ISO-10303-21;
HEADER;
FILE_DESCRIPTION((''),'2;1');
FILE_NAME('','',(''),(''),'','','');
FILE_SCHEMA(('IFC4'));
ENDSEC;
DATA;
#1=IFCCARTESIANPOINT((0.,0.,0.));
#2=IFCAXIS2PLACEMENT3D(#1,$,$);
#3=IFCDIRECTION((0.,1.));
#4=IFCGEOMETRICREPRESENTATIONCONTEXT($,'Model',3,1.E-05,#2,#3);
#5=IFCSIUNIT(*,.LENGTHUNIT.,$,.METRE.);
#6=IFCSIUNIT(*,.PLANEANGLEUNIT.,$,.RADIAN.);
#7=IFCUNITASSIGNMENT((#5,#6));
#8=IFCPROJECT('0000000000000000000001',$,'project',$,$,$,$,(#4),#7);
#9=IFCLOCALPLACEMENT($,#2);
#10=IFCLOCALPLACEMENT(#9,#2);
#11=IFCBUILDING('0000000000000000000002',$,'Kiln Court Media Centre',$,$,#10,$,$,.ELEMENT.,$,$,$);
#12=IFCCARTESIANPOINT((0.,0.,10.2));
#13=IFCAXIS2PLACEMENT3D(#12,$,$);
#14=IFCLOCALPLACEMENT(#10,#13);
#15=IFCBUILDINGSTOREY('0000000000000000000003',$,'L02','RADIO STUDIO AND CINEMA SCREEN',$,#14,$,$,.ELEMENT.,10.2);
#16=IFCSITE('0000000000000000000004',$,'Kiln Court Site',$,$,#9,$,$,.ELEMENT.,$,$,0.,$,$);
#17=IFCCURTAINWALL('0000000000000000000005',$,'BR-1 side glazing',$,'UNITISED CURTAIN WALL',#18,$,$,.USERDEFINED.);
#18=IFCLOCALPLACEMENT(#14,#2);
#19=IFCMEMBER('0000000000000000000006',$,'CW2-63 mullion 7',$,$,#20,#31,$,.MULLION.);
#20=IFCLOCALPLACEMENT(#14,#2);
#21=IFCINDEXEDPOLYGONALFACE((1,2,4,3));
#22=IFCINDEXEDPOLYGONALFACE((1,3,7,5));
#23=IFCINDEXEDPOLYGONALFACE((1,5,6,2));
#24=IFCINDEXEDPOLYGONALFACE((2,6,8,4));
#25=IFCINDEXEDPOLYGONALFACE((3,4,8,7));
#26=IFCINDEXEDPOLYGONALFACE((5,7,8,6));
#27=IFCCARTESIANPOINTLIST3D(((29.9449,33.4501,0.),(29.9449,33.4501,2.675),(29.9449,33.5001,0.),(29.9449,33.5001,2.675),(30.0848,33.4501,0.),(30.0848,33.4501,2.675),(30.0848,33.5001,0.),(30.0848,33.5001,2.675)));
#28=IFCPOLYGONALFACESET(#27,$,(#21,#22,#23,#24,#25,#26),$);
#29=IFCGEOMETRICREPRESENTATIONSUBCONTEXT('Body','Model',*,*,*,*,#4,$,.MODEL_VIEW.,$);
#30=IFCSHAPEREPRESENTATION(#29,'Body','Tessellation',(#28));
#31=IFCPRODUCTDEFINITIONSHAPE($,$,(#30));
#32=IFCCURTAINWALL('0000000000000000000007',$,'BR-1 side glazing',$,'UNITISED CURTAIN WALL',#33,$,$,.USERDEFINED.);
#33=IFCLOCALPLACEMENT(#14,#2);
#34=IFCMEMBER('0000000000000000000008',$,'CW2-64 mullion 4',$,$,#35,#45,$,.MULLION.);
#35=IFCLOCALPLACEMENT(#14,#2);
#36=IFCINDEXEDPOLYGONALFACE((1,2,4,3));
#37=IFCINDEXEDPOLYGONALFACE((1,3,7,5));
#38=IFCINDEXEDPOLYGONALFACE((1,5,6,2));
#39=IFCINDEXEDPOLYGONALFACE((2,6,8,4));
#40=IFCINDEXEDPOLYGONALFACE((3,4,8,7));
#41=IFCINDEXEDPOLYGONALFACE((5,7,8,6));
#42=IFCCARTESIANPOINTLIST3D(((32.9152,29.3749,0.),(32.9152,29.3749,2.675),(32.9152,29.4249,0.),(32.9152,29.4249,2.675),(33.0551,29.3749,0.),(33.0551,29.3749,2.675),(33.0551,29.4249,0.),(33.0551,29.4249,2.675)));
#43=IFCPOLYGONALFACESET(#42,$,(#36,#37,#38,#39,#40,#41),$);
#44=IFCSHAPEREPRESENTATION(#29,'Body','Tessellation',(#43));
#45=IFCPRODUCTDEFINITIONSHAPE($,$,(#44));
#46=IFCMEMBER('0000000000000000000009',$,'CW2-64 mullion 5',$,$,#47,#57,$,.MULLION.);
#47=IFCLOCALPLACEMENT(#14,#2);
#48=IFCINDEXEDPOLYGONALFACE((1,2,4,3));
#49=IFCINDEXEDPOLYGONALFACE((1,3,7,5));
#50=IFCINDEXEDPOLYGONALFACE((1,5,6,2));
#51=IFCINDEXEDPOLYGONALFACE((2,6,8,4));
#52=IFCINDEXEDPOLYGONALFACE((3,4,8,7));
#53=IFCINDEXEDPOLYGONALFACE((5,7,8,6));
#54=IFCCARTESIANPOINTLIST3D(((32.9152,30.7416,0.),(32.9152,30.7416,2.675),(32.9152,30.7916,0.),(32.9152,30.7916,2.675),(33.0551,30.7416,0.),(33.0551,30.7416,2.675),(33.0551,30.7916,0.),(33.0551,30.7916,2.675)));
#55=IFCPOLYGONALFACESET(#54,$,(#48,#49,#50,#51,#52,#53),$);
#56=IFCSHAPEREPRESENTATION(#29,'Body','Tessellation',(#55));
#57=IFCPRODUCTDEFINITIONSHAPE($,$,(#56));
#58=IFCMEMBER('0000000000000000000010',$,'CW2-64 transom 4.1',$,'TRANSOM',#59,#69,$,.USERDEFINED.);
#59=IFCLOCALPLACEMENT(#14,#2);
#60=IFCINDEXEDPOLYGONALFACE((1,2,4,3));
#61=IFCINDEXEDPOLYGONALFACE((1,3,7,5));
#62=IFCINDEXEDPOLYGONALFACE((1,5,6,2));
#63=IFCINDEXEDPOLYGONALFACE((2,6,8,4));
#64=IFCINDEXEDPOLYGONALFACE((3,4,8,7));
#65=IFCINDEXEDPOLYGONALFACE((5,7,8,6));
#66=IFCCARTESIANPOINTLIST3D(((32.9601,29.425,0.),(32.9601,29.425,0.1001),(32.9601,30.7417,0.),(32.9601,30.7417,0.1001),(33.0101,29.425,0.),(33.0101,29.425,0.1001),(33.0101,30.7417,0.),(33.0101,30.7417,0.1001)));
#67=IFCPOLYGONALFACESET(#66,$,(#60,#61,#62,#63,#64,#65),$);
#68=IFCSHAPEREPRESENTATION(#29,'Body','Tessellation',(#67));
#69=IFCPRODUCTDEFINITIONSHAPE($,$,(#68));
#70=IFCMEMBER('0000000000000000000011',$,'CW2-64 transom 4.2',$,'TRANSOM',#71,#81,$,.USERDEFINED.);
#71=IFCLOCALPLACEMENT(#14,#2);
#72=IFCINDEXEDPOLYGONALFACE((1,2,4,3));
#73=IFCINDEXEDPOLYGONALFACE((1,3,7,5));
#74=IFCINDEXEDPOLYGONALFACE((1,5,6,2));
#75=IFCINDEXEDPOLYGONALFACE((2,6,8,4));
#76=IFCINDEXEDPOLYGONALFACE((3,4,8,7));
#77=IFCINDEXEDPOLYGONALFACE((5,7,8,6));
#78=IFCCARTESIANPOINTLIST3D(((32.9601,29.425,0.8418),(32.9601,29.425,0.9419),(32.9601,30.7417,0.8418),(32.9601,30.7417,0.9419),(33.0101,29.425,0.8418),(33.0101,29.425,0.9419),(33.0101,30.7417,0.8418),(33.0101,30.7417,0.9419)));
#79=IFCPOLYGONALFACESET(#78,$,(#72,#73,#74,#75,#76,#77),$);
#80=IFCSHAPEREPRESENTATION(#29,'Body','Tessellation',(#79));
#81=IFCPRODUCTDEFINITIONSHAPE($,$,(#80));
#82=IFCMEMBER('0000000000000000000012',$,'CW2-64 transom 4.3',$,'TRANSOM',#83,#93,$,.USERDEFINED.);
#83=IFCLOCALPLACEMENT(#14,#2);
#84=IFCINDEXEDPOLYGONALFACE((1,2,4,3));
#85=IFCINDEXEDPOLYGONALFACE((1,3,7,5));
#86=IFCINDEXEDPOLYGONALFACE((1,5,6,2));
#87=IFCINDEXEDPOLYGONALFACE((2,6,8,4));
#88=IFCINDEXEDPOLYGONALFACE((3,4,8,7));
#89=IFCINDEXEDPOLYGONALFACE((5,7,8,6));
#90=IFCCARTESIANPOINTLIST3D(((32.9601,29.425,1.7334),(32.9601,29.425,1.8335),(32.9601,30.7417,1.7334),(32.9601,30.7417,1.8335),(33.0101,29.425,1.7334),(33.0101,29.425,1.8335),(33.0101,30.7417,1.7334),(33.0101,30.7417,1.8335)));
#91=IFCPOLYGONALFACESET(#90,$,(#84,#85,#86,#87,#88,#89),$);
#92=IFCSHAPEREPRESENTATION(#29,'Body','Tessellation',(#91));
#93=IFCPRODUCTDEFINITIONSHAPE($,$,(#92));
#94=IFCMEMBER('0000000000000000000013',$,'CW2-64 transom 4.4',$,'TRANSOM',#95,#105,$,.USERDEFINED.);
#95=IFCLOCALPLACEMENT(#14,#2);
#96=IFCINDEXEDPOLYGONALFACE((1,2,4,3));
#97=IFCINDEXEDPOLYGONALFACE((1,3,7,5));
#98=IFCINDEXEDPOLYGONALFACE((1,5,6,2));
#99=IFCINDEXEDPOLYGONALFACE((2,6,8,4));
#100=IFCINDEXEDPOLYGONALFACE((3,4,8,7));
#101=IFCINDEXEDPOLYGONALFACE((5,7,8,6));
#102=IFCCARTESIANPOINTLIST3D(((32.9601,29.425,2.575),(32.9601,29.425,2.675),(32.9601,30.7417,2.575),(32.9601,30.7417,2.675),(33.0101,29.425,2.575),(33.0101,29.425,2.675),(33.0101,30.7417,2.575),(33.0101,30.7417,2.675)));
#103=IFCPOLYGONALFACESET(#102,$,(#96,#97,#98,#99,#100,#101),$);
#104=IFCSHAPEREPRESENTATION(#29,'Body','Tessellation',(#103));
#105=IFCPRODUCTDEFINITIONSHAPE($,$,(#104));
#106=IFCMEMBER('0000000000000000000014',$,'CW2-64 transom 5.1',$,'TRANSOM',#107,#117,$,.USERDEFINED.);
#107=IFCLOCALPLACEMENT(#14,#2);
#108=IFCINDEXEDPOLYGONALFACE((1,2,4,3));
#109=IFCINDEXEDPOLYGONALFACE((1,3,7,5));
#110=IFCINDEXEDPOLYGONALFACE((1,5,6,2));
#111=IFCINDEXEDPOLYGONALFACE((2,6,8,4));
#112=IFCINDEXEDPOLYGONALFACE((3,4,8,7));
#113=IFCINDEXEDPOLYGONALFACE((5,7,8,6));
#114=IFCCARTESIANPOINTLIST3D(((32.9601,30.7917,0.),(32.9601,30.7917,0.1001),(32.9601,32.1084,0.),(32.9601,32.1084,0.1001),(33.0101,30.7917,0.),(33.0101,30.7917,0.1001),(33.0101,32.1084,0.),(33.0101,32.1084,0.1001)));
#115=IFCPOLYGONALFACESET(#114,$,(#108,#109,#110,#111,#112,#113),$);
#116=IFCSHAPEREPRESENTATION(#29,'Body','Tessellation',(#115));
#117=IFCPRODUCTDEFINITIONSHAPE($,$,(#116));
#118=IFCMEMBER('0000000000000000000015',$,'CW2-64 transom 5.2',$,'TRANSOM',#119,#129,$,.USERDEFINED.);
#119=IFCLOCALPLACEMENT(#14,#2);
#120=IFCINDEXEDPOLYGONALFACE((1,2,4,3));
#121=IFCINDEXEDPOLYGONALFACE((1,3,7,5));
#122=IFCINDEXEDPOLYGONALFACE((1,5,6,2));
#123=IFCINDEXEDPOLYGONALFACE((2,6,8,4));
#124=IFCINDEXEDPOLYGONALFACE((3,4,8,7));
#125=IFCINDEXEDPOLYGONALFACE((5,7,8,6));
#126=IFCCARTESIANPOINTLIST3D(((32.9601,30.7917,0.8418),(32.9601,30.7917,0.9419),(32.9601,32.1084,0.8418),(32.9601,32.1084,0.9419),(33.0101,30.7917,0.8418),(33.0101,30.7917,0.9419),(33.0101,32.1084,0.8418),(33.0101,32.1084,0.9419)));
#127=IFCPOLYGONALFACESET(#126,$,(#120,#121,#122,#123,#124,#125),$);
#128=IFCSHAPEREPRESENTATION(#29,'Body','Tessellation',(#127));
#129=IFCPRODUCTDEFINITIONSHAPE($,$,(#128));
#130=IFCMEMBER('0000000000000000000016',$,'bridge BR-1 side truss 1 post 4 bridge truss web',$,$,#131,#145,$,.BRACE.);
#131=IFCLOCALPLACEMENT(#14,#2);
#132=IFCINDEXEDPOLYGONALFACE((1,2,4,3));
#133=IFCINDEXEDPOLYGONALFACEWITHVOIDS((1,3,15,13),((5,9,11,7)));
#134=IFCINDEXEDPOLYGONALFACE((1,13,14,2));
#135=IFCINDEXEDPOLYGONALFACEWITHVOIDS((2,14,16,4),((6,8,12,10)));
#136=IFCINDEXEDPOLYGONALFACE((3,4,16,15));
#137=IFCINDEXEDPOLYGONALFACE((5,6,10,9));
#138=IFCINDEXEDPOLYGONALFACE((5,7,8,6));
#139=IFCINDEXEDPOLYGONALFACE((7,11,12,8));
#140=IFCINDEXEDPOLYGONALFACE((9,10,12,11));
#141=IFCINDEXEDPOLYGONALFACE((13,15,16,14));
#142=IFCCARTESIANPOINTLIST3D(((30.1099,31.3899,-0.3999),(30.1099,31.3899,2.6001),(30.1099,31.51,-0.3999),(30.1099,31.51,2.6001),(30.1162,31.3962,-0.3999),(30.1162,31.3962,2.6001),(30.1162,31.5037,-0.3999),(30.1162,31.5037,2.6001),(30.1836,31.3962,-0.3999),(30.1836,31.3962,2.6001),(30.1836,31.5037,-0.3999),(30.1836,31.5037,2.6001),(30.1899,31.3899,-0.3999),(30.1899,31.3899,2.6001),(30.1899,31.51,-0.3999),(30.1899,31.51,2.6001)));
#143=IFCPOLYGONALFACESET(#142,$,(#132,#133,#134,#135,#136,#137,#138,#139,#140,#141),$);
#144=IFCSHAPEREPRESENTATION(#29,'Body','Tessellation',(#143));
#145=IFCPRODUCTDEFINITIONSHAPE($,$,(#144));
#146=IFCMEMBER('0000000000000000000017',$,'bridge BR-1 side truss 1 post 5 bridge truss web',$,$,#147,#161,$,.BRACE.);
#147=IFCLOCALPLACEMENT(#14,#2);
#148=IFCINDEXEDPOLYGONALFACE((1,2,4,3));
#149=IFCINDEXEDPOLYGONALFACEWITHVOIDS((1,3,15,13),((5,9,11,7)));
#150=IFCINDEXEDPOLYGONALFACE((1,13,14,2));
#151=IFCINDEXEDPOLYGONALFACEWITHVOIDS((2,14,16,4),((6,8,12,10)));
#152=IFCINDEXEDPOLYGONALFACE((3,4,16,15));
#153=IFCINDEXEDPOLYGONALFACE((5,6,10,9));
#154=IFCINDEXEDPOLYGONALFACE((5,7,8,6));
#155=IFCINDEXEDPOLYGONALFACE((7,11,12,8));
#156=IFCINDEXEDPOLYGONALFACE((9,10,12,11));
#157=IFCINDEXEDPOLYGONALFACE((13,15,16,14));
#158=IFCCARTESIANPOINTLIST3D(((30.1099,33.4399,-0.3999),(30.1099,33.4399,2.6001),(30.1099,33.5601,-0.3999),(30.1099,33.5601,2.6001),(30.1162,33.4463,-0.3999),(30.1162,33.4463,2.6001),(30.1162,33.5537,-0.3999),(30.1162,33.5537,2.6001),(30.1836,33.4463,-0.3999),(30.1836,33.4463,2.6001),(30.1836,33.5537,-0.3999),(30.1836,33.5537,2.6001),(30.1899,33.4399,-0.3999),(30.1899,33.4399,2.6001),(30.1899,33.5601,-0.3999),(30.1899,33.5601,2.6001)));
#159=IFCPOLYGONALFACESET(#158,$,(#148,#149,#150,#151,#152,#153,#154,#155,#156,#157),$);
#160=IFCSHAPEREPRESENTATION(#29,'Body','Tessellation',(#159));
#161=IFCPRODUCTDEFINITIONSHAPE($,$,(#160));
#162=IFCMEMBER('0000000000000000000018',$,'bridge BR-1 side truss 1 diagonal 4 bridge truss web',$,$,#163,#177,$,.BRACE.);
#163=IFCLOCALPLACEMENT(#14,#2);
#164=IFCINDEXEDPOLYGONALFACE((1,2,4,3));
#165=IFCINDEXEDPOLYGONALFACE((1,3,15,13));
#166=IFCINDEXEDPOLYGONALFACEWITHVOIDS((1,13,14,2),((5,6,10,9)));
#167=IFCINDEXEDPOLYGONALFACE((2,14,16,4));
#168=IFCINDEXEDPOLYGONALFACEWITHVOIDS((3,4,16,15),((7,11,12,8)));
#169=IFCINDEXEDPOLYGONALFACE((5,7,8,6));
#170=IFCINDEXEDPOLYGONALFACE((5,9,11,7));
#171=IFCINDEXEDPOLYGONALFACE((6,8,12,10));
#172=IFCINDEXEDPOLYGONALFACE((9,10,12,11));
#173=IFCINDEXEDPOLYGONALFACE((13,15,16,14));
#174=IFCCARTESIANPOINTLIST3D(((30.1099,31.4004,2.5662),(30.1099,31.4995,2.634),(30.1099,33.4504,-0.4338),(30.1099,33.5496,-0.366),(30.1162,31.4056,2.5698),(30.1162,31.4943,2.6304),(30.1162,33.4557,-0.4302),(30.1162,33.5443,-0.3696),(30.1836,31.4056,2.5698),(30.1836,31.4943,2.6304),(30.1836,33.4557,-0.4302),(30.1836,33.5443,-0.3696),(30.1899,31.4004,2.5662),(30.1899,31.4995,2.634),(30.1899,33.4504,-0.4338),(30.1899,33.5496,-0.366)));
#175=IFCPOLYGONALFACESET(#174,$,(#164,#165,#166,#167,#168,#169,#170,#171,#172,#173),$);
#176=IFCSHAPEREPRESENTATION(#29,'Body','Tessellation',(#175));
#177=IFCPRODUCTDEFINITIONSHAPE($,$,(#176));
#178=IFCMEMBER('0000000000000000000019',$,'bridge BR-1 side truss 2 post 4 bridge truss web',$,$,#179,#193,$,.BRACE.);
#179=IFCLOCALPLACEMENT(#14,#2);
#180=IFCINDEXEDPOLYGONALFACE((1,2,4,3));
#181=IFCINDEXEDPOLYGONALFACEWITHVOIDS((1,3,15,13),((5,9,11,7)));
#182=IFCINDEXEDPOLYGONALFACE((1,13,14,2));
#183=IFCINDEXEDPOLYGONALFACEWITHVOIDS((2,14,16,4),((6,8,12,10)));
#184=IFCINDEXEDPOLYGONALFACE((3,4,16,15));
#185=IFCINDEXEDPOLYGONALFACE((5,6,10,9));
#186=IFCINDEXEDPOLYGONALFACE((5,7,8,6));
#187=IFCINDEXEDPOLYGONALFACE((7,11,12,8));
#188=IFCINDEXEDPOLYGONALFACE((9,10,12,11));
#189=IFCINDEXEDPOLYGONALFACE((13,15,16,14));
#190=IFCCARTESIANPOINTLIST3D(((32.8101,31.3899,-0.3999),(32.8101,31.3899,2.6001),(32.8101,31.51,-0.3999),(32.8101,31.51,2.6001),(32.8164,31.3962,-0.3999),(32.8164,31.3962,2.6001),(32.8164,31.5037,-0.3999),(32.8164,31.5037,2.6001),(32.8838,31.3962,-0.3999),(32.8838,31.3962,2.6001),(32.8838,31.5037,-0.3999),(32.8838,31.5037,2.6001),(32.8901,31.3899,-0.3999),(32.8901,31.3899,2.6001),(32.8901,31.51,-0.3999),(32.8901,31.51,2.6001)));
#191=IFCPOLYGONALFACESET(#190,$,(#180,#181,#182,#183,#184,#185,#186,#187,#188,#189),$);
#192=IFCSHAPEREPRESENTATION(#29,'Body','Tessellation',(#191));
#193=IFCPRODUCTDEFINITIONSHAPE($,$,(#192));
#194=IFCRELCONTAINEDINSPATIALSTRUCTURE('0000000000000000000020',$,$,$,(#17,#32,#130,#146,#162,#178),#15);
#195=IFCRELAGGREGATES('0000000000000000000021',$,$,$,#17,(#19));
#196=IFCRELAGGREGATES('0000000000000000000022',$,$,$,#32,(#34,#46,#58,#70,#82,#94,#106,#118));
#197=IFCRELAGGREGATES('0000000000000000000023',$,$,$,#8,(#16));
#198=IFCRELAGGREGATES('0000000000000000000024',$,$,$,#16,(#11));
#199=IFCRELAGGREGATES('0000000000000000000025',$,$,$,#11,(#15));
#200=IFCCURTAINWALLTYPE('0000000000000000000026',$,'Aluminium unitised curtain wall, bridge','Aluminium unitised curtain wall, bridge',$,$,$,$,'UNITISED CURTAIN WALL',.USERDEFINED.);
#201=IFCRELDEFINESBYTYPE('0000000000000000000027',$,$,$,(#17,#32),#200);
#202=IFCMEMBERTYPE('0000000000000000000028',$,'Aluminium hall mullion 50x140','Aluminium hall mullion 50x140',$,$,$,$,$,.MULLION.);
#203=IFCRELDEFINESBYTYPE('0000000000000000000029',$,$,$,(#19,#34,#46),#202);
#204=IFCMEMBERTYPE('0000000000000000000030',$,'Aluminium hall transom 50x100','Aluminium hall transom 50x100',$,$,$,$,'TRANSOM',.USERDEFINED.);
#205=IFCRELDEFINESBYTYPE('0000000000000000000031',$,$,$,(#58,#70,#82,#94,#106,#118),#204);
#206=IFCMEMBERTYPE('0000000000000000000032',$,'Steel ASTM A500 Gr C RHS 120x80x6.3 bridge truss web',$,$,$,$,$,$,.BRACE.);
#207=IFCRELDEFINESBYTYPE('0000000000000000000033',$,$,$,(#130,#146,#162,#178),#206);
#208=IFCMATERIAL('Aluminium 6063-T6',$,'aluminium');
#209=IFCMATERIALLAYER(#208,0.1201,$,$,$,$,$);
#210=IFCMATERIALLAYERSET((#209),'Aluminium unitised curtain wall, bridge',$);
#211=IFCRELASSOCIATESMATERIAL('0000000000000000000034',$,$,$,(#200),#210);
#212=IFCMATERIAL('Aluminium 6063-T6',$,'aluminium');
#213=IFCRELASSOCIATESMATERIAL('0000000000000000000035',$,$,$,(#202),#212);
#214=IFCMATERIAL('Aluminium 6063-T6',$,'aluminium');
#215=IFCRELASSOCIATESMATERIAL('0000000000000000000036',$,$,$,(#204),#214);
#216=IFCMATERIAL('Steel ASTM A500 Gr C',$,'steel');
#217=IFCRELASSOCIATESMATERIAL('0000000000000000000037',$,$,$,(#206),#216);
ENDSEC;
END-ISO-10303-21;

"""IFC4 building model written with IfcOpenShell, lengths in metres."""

from ifc_helpers import new_model, si_unit, direction, frame, origin, origin_2d, place, context, subcontext, project, spatial, rectangle, hollow_rectangle, extrude, material, layer, layer_set, material_profile, profile_set, type_object, element, aggregate, save


model = new_model("IFC4")

# Units and contexts
model_context = context("Model", 3, precision=1e-05, world=origin(), true_north=direction((0.0, 1.0)))
body_context = subcontext(model_context, "Body", "Model", "MODEL_VIEW")
ifc_project = project(units=[si_unit("LENGTHUNIT", "METRE"), si_unit("PLANEANGLEUNIT", "RADIAN")], contexts=[model_context])

# Site, building, storey
site_placement = place(None, origin())
site = spatial("IfcSite", under=ifc_project, at=site_placement, Name="Kiln Court Site", CompositionType="ELEMENT", RefElevation=0.0)
building_placement = place(site_placement, origin())
building = spatial("IfcBuilding", under=site, at=building_placement, Name="Kiln Court Media Centre", CompositionType="ELEMENT")
storey_placement = place(building_placement, frame((0.0, 0.0, 10.2)))
storey = spatial("IfcBuildingStorey", under=building, at=storey_placement, Name="L02", Description="RADIO STUDIO AND CINEMA SCREEN", CompositionType="ELEMENT", Elevation=10.2)

# Curtain wall, member
ifc_material_1 = material(Name="Aluminium 6063-T6", Category="aluminium")
ifc_layer_1 = layer(ifc_material_1, 0.1201)
ifc_layer_set_1 = layer_set([ifc_layer_1], Name="Aluminium unitised curtain wall, bridge")
curtain_wall_type = type_object("IfcCurtainWallType", Name="Aluminium unitised curtain wall, bridge", Description="Aluminium unitised curtain wall, bridge", ElementType="UNITISED CURTAIN WALL", PredefinedType="USERDEFINED", material=ifc_layer_set_1)
curtain_wall_1_placement = place(storey_placement, origin())
curtain_wall_1 = element("IfcCurtainWall", 1, at=curtain_wall_1_placement, inside=storey, type_object=curtain_wall_type, Name="BR-1 side glazing", ObjectType="UNITISED CURTAIN WALL", PredefinedType="USERDEFINED")
ifc_material_2 = material(Name="Aluminium 6063-T6", Category="aluminium")
ifc_material_profile_1 = material_profile(ifc_material_2, rectangle(XDim=0.05, YDim=0.1399, at=origin_2d()), Name="Aluminium hall mullion 50x140")
ifc_profile_set_1 = profile_set([ifc_material_profile_1], Name="Aluminium 6063-T6")
member_type_1 = type_object("IfcMemberType", Name="Aluminium hall mullion 50x140", Description="Aluminium hall mullion 50x140", PredefinedType="MULLION", material=ifc_profile_set_1)
member_1_placement = place(storey_placement, frame((30.0149, 33.4751, 0.0), z_axis=(0.0, 0.0, 1.0), x_axis=(0.0, 1.0, 0.0)))
member_1 = element("IfcMember", 2, at=member_1_placement, type_object=member_type_1, Name="CW2-63 mullion 7", PredefinedType="MULLION", context=body_context, shape_type="SweptSolid", body=[
    extrude(rectangle(XDim=0.05, YDim=0.1399, at=origin_2d()), origin(), (0.0, 0.0, 1.0), 2.675),
])
aggregate(curtain_wall_1, [member_1])

# Curtain wall, members
curtain_wall_2_placement = place(storey_placement, origin())
curtain_wall_2 = element("IfcCurtainWall", 3, at=curtain_wall_2_placement, inside=storey, type_object=curtain_wall_type, Name="BR-1 side glazing", ObjectType="UNITISED CURTAIN WALL", PredefinedType="USERDEFINED")
member_2_placement = place(storey_placement, frame((32.9851, 29.3999, 0.0), z_axis=(0.0, 0.0, 1.0), x_axis=(0.0, 1.0, 0.0)))
member_2 = element("IfcMember", 4, at=member_2_placement, type_object=member_type_1, Name="CW2-64 mullion 4", PredefinedType="MULLION", context=body_context, shape_type="SweptSolid", body=[
    extrude(rectangle(XDim=0.05, YDim=0.1399, at=origin_2d()), origin(), (0.0, 0.0, 1.0), 2.675),
])
member_3_placement = place(storey_placement, frame((32.9851, 30.7666, 0.0), z_axis=(0.0, 0.0, 1.0), x_axis=(0.0, 1.0, 0.0)))
member_3 = element("IfcMember", 5, at=member_3_placement, type_object=member_type_1, Name="CW2-64 mullion 5", PredefinedType="MULLION", context=body_context, shape_type="SweptSolid", body=[
    extrude(rectangle(XDim=0.05, YDim=0.1399, at=origin_2d()), origin(), (0.0, 0.0, 1.0), 2.675),
])
ifc_material_3 = material(Name="Aluminium 6063-T6", Category="aluminium")
ifc_material_profile_2 = material_profile(ifc_material_3, rectangle(XDim=0.05, YDim=0.1001, at=origin_2d()), Name="Aluminium hall transom 50x100")
ifc_profile_set_2 = profile_set([ifc_material_profile_2], Name="Aluminium 6063-T6")
member_type_2 = type_object("IfcMemberType", Name="Aluminium hall transom 50x100", Description="Aluminium hall transom 50x100", ElementType="TRANSOM", PredefinedType="USERDEFINED", material=ifc_profile_set_2)
member_4_placement = place(storey_placement, frame((32.9851, 29.425, 0.05), z_axis=(0.0, 1.0, 0.0), x_axis=(-1.0, 0.0, 0.0)))
member_4 = element("IfcMember", 6, at=member_4_placement, type_object=member_type_2, Name="CW2-64 transom 4.1", ObjectType="TRANSOM", PredefinedType="USERDEFINED", context=body_context, shape_type="SweptSolid", body=[
    extrude(rectangle(XDim=0.05, YDim=0.1001, at=origin_2d()), origin(), (0.0, 0.0, 1.0), 1.3167),
])
member_5_placement = place(storey_placement, frame((32.9851, 29.425, 0.8918), z_axis=(0.0, 1.0, 0.0), x_axis=(-1.0, 0.0, 0.0)))
member_5 = element("IfcMember", 7, at=member_5_placement, type_object=member_type_2, Name="CW2-64 transom 4.2", ObjectType="TRANSOM", PredefinedType="USERDEFINED", context=body_context, shape_type="SweptSolid", body=[
    extrude(rectangle(XDim=0.05, YDim=0.1001, at=origin_2d()), origin(), (0.0, 0.0, 1.0), 1.3167),
])
member_6_placement = place(storey_placement, frame((32.9851, 29.425, 1.7834), z_axis=(0.0, 1.0, 0.0), x_axis=(-1.0, 0.0, 0.0)))
member_6 = element("IfcMember", 8, at=member_6_placement, type_object=member_type_2, Name="CW2-64 transom 4.3", ObjectType="TRANSOM", PredefinedType="USERDEFINED", context=body_context, shape_type="SweptSolid", body=[
    extrude(rectangle(XDim=0.05, YDim=0.1001, at=origin_2d()), origin(), (0.0, 0.0, 1.0), 1.3167),
])
member_7_placement = place(storey_placement, frame((32.9851, 29.425, 2.625), z_axis=(0.0, 1.0, 0.0), x_axis=(-1.0, 0.0, 0.0)))
member_7 = element("IfcMember", 9, at=member_7_placement, type_object=member_type_2, Name="CW2-64 transom 4.4", ObjectType="TRANSOM", PredefinedType="USERDEFINED", context=body_context, shape_type="SweptSolid", body=[
    extrude(rectangle(XDim=0.05, YDim=0.1001, at=origin_2d()), origin(), (0.0, 0.0, 1.0), 1.3167),
])
member_8_placement = place(storey_placement, frame((32.9851, 30.7917, 0.05), z_axis=(0.0, 1.0, 0.0), x_axis=(-1.0, 0.0, 0.0)))
member_8 = element("IfcMember", 10, at=member_8_placement, type_object=member_type_2, Name="CW2-64 transom 5.1", ObjectType="TRANSOM", PredefinedType="USERDEFINED", context=body_context, shape_type="SweptSolid", body=[
    extrude(rectangle(XDim=0.05, YDim=0.1001, at=origin_2d()), origin(), (0.0, 0.0, 1.0), 1.3167),
])
member_9_placement = place(storey_placement, frame((32.9851, 30.7917, 0.8918), z_axis=(0.0, 1.0, 0.0), x_axis=(-1.0, 0.0, 0.0)))
member_9 = element("IfcMember", 11, at=member_9_placement, type_object=member_type_2, Name="CW2-64 transom 5.2", ObjectType="TRANSOM", PredefinedType="USERDEFINED", context=body_context, shape_type="SweptSolid", body=[
    extrude(rectangle(XDim=0.05, YDim=0.1001, at=origin_2d()), origin(), (0.0, 0.0, 1.0), 1.3167),
])

# Members
ifc_material_4 = material(Name="Steel ASTM A500 Gr C", Category="steel")
ifc_material_profile_3 = material_profile(ifc_material_4, hollow_rectangle(XDim=0.0801, YDim=0.1201, WallThickness=0.0063, at=origin_2d()), Name="RHS 120x80x6.3")
ifc_profile_set_3 = profile_set([ifc_material_profile_3], Name="Steel ASTM A500 Gr C")
member_type_3 = type_object("IfcMemberType", Name="Steel ASTM A500 Gr C RHS 120x80x6.3 bridge truss web", PredefinedType="BRACE", material=ifc_profile_set_3)
for number, where, z_axis, x_axis, name in (
    (12, (30.1499, 31.45, -0.3999), (0.0, 0.0, 1.0), (1.0, 0.0, 0.0), "bridge BR-1 side truss 1 post 4 bridge truss web"),
    (13, (30.1499, 33.5, -0.3999), (0.0, 0.0, 1.0), (1.0, 0.0, 0.0), "bridge BR-1 side truss 1 post 5 bridge truss web"),
):
    element("IfcMember", number, at=place(storey_placement, frame(where, z_axis=z_axis, x_axis=x_axis)), inside=storey, type_object=member_type_3, Name=name, PredefinedType="BRACE", context=body_context, shape_type="SweptSolid", body=[
        extrude(hollow_rectangle(XDim=0.0801, YDim=0.1201, WallThickness=0.0063, at=origin_2d()), origin(), (0.0, 0.0, 1.0), 3.0),
    ])
member_10_placement = place(storey_placement, frame((30.1499, 31.45, 2.6001), z_axis=(0.0, 0.5642, -0.825638), x_axis=(-1.0, 0.0, 0.0)))
element("IfcMember", 14, at=member_10_placement, inside=storey, type_object=member_type_3, Name="bridge BR-1 side truss 1 diagonal 4 bridge truss web", PredefinedType="BRACE", context=body_context, shape_type="SweptSolid", body=[
    extrude(hollow_rectangle(XDim=0.0801, YDim=0.1201, WallThickness=0.0063, at=origin_2d()), origin(), (0.0, 0.0, 1.0), 3.6335),
])
for number, where, z_axis, x_axis, name in (
    (15, (32.8501, 31.45, -0.3999), (0.0, 0.0, 1.0), (1.0, 0.0, 0.0), "bridge BR-1 side truss 2 post 4 bridge truss web"),
):
    element("IfcMember", number, at=place(storey_placement, frame(where, z_axis=z_axis, x_axis=x_axis)), inside=storey, type_object=member_type_3, Name=name, PredefinedType="BRACE", context=body_context, shape_type="SweptSolid", body=[
        extrude(hollow_rectangle(XDim=0.0801, YDim=0.1201, WallThickness=0.0063, at=origin_2d()), origin(), (0.0, 0.0, 1.0), 3.0),
    ])

aggregate(curtain_wall_2, [member_2, member_3, member_4, member_5, member_6, member_7, member_8, member_9])

save(model, "model.ifc")
